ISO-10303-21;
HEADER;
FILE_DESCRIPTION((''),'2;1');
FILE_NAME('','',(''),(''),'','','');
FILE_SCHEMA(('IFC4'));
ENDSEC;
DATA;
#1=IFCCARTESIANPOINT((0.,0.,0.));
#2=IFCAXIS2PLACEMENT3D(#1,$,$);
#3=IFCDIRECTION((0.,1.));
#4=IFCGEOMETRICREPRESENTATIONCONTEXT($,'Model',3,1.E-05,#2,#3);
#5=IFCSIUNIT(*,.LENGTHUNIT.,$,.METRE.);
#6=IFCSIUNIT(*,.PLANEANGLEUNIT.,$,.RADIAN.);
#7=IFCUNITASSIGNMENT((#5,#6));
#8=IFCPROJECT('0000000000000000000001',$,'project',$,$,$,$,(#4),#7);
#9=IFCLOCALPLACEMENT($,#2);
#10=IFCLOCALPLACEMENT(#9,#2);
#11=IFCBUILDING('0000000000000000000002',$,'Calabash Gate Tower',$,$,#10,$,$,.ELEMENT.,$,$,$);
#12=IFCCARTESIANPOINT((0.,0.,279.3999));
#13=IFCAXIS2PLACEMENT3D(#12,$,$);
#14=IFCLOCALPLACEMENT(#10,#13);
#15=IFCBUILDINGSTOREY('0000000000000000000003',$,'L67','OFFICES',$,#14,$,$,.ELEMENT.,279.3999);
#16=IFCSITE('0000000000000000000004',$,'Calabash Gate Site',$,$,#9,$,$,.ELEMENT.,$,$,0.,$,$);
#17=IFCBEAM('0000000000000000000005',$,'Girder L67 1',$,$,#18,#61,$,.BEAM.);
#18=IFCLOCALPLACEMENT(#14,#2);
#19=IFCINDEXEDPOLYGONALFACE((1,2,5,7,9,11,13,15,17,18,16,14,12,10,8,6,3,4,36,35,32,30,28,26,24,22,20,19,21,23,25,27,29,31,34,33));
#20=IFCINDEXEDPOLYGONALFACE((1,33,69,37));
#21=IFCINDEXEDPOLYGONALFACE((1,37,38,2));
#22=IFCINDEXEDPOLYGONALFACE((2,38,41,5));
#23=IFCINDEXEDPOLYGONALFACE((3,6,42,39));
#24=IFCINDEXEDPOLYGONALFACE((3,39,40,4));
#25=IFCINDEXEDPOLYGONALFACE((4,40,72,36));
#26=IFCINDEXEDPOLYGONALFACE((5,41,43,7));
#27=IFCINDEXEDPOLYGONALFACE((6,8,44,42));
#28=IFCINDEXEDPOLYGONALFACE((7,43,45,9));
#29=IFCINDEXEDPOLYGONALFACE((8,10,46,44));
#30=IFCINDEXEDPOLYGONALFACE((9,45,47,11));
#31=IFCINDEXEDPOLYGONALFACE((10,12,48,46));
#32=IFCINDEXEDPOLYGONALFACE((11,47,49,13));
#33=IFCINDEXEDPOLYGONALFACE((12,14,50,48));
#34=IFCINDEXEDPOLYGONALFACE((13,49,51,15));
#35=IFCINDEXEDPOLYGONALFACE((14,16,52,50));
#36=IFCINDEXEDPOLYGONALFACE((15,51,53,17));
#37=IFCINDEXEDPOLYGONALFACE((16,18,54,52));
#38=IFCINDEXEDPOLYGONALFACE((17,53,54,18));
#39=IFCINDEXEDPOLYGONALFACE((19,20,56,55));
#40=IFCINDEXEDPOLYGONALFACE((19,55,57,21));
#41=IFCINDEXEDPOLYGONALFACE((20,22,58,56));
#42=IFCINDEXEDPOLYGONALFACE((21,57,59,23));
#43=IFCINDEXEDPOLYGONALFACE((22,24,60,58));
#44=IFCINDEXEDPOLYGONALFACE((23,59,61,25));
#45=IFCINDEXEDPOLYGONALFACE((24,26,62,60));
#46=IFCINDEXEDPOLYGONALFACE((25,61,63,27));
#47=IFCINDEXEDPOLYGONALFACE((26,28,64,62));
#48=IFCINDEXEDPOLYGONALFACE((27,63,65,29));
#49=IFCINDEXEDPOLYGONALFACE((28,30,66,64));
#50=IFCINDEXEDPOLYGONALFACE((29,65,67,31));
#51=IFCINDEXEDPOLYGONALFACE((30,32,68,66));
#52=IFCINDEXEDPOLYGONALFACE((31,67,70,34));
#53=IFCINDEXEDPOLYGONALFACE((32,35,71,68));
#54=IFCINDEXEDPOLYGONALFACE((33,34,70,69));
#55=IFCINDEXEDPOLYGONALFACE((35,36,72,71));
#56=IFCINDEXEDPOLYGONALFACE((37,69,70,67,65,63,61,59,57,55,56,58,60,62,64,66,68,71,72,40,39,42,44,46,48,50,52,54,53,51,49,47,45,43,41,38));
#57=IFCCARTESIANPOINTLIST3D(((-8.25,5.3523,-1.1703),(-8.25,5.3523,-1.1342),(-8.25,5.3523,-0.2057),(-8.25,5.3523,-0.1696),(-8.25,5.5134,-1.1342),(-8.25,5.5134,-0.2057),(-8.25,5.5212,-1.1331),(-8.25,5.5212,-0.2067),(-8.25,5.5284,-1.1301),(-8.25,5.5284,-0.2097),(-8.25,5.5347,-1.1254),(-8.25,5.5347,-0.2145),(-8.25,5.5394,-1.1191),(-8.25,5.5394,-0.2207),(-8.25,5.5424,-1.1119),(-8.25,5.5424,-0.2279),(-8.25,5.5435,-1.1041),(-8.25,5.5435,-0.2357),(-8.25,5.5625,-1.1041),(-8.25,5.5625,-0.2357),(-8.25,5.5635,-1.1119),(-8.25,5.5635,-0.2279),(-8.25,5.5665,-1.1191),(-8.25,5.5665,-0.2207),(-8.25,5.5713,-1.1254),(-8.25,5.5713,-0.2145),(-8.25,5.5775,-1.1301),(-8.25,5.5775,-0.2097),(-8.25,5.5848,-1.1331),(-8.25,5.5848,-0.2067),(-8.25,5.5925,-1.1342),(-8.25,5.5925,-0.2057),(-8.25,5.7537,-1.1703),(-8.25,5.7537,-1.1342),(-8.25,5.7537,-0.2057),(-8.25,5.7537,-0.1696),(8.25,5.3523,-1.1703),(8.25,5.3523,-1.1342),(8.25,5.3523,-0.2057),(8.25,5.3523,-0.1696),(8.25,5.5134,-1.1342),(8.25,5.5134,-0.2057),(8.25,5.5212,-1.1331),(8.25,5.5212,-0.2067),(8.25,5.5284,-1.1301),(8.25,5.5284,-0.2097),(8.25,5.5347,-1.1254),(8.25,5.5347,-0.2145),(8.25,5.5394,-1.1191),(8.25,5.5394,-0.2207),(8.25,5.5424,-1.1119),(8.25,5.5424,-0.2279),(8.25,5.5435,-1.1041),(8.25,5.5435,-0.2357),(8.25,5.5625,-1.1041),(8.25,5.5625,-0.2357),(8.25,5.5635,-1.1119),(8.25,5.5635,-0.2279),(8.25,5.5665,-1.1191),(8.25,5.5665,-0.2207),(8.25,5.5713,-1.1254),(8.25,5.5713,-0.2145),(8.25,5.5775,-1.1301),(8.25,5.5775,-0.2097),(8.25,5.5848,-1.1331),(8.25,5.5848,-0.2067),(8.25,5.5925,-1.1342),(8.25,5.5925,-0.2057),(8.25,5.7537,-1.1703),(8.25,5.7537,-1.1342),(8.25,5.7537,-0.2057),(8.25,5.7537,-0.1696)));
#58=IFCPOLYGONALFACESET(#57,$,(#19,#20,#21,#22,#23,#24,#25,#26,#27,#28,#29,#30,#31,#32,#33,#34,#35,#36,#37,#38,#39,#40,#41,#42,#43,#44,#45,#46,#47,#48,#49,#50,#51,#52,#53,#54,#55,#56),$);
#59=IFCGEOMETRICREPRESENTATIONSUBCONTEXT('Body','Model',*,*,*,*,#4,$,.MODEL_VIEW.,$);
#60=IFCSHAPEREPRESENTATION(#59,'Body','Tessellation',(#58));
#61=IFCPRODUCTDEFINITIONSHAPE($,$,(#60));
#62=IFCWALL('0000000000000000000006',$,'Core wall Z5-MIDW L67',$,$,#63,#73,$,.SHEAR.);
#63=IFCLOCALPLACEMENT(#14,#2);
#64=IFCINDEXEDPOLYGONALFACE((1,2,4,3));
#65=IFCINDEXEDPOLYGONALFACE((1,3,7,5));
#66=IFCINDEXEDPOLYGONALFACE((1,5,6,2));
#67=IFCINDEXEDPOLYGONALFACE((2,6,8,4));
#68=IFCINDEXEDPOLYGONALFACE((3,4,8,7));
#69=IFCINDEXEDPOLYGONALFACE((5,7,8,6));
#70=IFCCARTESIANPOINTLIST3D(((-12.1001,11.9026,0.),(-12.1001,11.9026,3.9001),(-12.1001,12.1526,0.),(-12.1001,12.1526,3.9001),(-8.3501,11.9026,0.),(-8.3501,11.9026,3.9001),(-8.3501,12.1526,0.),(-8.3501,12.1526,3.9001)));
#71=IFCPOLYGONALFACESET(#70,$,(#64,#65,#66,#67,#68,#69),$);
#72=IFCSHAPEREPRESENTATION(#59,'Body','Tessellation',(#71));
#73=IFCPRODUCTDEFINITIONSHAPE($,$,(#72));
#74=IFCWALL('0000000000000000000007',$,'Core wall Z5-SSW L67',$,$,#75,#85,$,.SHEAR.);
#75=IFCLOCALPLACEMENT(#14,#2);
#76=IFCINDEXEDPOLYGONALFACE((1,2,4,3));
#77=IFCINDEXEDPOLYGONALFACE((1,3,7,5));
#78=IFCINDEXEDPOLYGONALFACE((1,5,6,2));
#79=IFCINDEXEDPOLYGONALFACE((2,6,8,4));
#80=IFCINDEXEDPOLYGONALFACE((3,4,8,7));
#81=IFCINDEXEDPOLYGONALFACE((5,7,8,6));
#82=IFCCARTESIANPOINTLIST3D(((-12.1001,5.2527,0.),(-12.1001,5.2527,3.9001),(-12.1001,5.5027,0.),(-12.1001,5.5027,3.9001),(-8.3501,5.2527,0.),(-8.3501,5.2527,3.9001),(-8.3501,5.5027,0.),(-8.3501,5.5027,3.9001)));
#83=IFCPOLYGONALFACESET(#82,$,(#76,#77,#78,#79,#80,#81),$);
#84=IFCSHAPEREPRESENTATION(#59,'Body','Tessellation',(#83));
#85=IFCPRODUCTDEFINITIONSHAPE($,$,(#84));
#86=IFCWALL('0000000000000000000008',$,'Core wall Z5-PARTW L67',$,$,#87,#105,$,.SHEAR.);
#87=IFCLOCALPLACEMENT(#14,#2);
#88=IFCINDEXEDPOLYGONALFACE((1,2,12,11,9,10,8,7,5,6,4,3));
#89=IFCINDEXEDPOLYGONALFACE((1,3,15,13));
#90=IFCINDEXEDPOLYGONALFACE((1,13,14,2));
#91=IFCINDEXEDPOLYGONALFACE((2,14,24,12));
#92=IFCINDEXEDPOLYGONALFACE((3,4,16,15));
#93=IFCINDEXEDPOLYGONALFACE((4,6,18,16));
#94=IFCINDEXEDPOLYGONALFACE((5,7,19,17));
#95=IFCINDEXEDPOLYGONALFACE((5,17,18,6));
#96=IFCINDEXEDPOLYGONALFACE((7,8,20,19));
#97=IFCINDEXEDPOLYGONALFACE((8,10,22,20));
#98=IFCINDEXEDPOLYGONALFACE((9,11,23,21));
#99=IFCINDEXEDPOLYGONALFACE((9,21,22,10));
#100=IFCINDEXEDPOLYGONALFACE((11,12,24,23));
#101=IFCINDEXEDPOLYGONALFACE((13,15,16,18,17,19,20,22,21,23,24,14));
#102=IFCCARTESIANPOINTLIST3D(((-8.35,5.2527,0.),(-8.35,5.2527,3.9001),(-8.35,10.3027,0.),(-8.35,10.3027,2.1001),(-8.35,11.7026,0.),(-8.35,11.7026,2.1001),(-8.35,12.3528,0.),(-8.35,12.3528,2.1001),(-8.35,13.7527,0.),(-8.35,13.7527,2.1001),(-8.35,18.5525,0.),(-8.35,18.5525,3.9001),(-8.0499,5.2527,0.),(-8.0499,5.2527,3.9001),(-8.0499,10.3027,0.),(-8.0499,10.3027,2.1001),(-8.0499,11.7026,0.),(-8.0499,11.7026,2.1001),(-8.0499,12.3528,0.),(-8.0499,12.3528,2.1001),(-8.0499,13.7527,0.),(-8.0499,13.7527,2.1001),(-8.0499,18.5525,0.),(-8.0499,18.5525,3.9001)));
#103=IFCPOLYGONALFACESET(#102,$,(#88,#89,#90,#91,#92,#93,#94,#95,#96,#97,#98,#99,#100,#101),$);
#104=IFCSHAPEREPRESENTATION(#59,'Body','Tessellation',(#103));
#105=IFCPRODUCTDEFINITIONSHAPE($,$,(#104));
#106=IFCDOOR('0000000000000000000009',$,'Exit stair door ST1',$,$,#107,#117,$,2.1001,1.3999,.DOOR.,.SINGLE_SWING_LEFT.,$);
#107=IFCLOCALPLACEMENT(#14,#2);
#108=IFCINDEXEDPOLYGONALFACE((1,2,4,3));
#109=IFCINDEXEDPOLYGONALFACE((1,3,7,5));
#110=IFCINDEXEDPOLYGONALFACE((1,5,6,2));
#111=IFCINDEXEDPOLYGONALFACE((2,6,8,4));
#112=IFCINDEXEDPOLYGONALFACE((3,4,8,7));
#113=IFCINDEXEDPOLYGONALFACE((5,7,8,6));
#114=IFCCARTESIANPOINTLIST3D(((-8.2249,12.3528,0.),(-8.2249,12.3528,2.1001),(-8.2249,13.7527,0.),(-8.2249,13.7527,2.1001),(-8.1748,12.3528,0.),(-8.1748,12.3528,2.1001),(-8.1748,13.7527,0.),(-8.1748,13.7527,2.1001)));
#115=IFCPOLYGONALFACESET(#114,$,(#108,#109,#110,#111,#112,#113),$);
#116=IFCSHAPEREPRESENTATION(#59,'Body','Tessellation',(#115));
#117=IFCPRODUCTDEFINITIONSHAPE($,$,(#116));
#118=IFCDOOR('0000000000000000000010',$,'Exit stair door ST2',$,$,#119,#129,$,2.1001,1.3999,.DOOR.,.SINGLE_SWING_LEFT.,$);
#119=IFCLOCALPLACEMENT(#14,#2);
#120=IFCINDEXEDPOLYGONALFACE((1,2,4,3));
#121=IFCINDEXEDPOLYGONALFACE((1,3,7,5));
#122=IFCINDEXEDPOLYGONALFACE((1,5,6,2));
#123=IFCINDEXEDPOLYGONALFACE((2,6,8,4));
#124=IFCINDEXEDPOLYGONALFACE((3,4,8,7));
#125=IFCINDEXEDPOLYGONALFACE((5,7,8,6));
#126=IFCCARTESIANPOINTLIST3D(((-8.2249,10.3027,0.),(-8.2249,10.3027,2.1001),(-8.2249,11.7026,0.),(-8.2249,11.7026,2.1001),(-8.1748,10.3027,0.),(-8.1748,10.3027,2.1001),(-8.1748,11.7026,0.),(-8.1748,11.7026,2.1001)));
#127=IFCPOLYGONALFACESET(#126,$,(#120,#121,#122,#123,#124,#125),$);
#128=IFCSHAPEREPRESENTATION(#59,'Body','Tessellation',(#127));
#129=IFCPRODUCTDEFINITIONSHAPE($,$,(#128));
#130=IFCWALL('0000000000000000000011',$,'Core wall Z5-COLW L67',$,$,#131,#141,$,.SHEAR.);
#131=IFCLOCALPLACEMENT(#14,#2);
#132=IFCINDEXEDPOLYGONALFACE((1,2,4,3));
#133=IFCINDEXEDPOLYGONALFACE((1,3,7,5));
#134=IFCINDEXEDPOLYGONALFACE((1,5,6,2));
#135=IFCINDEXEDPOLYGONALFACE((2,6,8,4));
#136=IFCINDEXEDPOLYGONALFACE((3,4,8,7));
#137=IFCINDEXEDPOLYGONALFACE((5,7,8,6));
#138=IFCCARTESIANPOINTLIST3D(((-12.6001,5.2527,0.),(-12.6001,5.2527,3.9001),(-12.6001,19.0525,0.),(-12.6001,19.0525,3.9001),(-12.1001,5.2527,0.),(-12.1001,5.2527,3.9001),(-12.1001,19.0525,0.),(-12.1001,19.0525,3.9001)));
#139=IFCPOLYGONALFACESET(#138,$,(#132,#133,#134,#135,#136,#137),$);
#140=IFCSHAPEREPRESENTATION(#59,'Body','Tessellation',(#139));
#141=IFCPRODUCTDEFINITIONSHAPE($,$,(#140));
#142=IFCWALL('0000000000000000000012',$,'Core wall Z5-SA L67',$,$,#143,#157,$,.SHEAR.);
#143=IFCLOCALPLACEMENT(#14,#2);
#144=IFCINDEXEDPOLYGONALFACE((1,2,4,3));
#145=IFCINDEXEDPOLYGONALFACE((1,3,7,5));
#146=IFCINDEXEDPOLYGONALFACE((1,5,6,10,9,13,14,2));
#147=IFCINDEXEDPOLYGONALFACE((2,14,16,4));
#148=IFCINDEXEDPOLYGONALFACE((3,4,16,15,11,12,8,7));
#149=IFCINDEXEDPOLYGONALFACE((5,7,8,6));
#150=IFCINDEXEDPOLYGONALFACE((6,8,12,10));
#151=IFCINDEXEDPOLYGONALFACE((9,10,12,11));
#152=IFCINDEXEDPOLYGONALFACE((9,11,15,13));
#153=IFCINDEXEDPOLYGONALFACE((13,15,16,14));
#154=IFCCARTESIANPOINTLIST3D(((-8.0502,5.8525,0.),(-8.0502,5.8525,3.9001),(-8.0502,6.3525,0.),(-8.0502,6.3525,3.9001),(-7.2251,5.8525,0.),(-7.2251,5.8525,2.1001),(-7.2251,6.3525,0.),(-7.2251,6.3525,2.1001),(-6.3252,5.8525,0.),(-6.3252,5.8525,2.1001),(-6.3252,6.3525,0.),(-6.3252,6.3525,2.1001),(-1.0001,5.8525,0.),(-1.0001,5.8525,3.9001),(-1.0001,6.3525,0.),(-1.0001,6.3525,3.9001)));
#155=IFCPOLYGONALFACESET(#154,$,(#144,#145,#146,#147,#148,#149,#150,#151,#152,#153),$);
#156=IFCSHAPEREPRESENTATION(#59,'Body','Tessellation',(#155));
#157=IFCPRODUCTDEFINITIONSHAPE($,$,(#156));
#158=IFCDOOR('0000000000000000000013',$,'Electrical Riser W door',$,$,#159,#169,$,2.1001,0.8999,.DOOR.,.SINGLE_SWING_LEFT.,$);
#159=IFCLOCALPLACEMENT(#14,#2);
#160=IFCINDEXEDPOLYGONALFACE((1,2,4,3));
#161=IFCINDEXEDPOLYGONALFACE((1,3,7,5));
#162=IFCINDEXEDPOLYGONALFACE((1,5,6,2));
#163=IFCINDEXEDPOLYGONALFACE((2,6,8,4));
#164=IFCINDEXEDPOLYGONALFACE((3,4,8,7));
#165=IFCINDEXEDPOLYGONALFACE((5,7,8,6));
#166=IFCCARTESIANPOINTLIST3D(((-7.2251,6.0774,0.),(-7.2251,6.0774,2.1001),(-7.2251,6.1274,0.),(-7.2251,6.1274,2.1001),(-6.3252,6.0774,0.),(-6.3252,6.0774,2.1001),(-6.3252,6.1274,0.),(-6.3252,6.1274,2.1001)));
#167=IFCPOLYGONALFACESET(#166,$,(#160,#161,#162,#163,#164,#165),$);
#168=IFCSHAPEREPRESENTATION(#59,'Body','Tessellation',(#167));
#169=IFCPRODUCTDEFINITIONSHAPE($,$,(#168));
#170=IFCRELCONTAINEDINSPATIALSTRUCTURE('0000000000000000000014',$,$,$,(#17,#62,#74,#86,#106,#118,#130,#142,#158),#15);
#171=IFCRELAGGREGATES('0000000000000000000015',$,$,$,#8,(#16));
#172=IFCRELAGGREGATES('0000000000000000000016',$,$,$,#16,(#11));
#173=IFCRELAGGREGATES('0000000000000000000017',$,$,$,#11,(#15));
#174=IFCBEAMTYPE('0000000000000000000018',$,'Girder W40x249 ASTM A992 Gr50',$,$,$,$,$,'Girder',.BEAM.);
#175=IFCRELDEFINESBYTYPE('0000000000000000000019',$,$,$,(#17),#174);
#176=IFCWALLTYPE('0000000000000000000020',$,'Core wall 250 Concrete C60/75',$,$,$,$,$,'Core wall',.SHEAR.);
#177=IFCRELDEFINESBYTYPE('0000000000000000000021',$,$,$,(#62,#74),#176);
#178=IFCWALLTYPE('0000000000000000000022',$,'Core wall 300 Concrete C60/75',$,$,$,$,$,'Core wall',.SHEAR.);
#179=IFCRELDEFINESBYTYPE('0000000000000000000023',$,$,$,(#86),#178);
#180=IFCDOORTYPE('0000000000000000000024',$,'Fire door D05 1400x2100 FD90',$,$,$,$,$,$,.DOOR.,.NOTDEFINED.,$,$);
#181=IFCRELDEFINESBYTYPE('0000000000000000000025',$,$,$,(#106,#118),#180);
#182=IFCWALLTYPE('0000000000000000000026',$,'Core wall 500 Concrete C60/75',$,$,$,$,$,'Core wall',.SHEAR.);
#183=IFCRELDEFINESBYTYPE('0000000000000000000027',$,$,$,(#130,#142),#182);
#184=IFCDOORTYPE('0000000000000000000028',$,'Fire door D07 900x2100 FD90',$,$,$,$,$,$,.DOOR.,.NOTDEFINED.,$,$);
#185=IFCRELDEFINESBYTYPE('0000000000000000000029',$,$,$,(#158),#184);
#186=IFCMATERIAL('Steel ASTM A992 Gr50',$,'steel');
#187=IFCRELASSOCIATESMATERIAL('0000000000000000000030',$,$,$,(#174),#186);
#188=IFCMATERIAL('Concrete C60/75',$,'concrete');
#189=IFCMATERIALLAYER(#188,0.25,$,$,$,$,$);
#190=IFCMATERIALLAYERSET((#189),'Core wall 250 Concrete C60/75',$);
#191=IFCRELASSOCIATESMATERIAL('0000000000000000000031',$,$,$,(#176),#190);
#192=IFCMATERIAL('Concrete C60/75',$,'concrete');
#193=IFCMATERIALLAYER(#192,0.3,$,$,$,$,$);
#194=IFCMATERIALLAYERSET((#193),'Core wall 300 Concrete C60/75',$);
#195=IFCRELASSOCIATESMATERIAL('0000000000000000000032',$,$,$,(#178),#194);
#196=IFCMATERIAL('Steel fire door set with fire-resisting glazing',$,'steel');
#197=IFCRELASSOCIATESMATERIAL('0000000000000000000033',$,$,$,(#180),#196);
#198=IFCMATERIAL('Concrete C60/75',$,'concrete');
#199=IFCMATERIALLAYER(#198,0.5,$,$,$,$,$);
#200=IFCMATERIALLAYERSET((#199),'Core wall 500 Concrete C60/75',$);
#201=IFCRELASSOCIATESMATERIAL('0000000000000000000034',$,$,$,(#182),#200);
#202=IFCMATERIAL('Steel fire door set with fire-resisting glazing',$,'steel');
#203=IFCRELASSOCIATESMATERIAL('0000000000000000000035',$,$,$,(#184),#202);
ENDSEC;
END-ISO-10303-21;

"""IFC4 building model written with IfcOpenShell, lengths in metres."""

from ifc_helpers import new_model, si_unit, direction, frame, frame_2d, origin, origin_2d, place, context, subcontext, project, spatial, rectangle, i_section, extrude, material, layer, layer_set, material_profile, profile_set, type_object, element, fill, save


model = new_model("IFC4")

# Units and contexts
model_context = context("Model", 3, precision=1e-05, world=origin(), true_north=direction((0.0, 1.0)))
body_context = subcontext(model_context, "Body", "Model", "MODEL_VIEW")
ifc_project = project(units=[si_unit("LENGTHUNIT", "METRE"), si_unit("PLANEANGLEUNIT", "RADIAN")], contexts=[model_context])

# Site, building, storey
site_placement = place(None, origin())
site = spatial("IfcSite", under=ifc_project, at=site_placement, Name="Calabash Gate Site", CompositionType="ELEMENT", RefElevation=0.0)
building_placement = place(site_placement, origin())
building = spatial("IfcBuilding", under=site, at=building_placement, Name="Calabash Gate Tower", CompositionType="ELEMENT")
storey_placement = place(building_placement, frame((0.0, 0.0, 279.3999)))
storey = spatial("IfcBuildingStorey", under=building, at=storey_placement, Name="L67", Description="OFFICES", CompositionType="ELEMENT", Elevation=279.3999)

# Beam
ifc_material_1 = material(Name="Steel ASTM A992 Gr50", Category="steel")
ifc_material_profile = material_profile(ifc_material_1, i_section(OverallWidth=0.4014, OverallDepth=1.0007, WebThickness=0.019, FlangeThickness=0.0361, FilletRadius=0.03, at=origin_2d()))
ifc_profile_set = profile_set([ifc_material_profile], Name="Steel ASTM A992 Gr50")
beam_type = type_object("IfcBeamType", Name="Girder W40x249 ASTM A992 Gr50", ElementType="Girder", PredefinedType="BEAM", material=ifc_profile_set)
beam_placement = place(storey_placement, frame((-8.25, 5.553, -0.6699), z_axis=(1.0, 0.0, 0.0), x_axis=(0.0, 1.0, 0.0)))
element("IfcBeam", 1, at=beam_placement, inside=storey, type_object=beam_type, Name="Girder L67 1", PredefinedType="BEAM", context=body_context, shape_type="SweptSolid", body=[
    extrude(i_section(OverallWidth=0.4014, OverallDepth=1.0007, WebThickness=0.019, FlangeThickness=0.0361, FilletRadius=0.03, at=origin_2d()), origin(), (0.0, 0.0, 1.0), 16.5),
])

# Walls
ifc_material_2 = material(Name="Concrete C60/75", Category="concrete")
ifc_layer_1 = layer(ifc_material_2, 0.25)
ifc_layer_set_1 = layer_set([ifc_layer_1], Name="Core wall 250 Concrete C60/75")
wall_type_1 = type_object("IfcWallType", Name="Core wall 250 Concrete C60/75", ElementType="Core wall", PredefinedType="SHEAR", material=ifc_layer_set_1)
for number, where, z_axis, x_axis, name in (
    (2, (-12.1001, 12.0276, 0.0), (0.0, 0.0, 1.0), (1.0, 0.0, 0.0), "Core wall Z5-MIDW L67"),
    (3, (-12.1001, 5.3777, 0.0), (0.0, 0.0, 1.0), (1.0, 0.0, 0.0), "Core wall Z5-SSW L67"),
):
    element("IfcWall", number, at=place(storey_placement, frame(where, z_axis=z_axis, x_axis=x_axis)), inside=storey, type_object=wall_type_1, Name=name, PredefinedType="SHEAR", context=body_context, shape_type="SweptSolid", body=[
        extrude(rectangle(XDim=3.75, YDim=0.25, at=frame_2d((1.875, 0.0))), origin(), (0.0, 0.0, 1.0), 3.9001),
    ])

# Wall, openings, doors
ifc_material_3 = material(Name="Concrete C60/75", Category="concrete")
ifc_layer_2 = layer(ifc_material_3, 0.3)
ifc_layer_set_2 = layer_set([ifc_layer_2], Name="Core wall 300 Concrete C60/75")
wall_type_2 = type_object("IfcWallType", Name="Core wall 300 Concrete C60/75", ElementType="Core wall", PredefinedType="SHEAR", material=ifc_layer_set_2)
wall_1_placement = place(storey_placement, frame((-8.2, 5.2527, 0.0), z_axis=(0.0, 0.0, 1.0), x_axis=(0.0, 1.0, 0.0)))
wall_1 = element("IfcWall", 4, at=wall_1_placement, inside=storey, type_object=wall_type_2, Name="Core wall Z5-PARTW L67", PredefinedType="SHEAR", context=body_context, shape_type="SweptSolid", body=[
    extrude(rectangle(XDim=13.2998, YDim=0.3, at=frame_2d((6.6499, 0.0))), origin(), (0.0, 0.0, 1.0), 3.9001),
])
opening_1_placement = place(wall_1_placement, frame((7.1001, 0.0, 0.0)))
opening_1 = element("IfcOpeningElement", 5, at=opening_1_placement, cuts=wall_1, PredefinedType="OPENING", context=body_context, shape_type="SweptSolid", body=[
    extrude(rectangle(XDim=1.3999, YDim=2.1001, at=frame_2d((0.7, 1.05))), frame((0.0, 0.1599, 0.0), z_axis=(0.0, -1.0, 0.0), x_axis=(1.0, 0.0, 0.0)), (0.0, 0.0, 1.0), 0.3201),
])
opening_2_placement = place(wall_1_placement, frame((5.05, 0.0, 0.0)))
opening_2 = element("IfcOpeningElement", 6, at=opening_2_placement, cuts=wall_1, PredefinedType="OPENING", context=body_context, shape_type="SweptSolid", body=[
    extrude(rectangle(XDim=1.3999, YDim=2.1001, at=frame_2d((0.7, 1.05))), frame((0.0, 0.1599, 0.0), z_axis=(0.0, -1.0, 0.0), x_axis=(1.0, 0.0, 0.0)), (0.0, 0.0, 1.0), 0.3201),
])
ifc_material_4 = material(Name="Steel fire door set with fire-resisting glazing", Category="steel")
door_type_1 = type_object("IfcDoorType", Name="Fire door D05 1400x2100 FD90", OperationType="NOTDEFINED", PredefinedType="DOOR", material=ifc_material_4)
door_1_placement = place(opening_1_placement, origin())
door_1 = element("IfcDoor", 7, at=door_1_placement, inside=storey, type_object=door_type_1, Name="Exit stair door ST1", OperationType="SINGLE_SWING_LEFT", OverallHeight=2.1001, OverallWidth=1.3999, PredefinedType="DOOR", context=body_context, shape_type="SweptSolid", body=[
    extrude(rectangle(XDim=1.3999, YDim=2.1001, at=frame_2d((0.7, 1.05))), frame((0.0, 0.0249, 0.0), z_axis=(0.0, -1.0, 0.0), x_axis=(1.0, 0.0, 0.0)), (0.0, 0.0, 1.0), 0.05),
])
fill(opening_1, door_1)
door_2_placement = place(opening_2_placement, origin())
door_2 = element("IfcDoor", 8, at=door_2_placement, inside=storey, type_object=door_type_1, Name="Exit stair door ST2", OperationType="SINGLE_SWING_LEFT", OverallHeight=2.1001, OverallWidth=1.3999, PredefinedType="DOOR", context=body_context, shape_type="SweptSolid", body=[
    extrude(rectangle(XDim=1.3999, YDim=2.1001, at=frame_2d((0.7, 1.05))), frame((0.0, 0.0249, 0.0), z_axis=(0.0, -1.0, 0.0), x_axis=(1.0, 0.0, 0.0)), (0.0, 0.0, 1.0), 0.05),
])
fill(opening_2, door_2)

# Wall
ifc_material_5 = material(Name="Concrete C60/75", Category="concrete")
ifc_layer_3 = layer(ifc_material_5, 0.5)
ifc_layer_set_3 = layer_set([ifc_layer_3], Name="Core wall 500 Concrete C60/75")
wall_type_3 = type_object("IfcWallType", Name="Core wall 500 Concrete C60/75", ElementType="Core wall", PredefinedType="SHEAR", material=ifc_layer_set_3)
wall_2_placement = place(storey_placement, frame((-12.3501, 5.2527, 0.0), z_axis=(0.0, 0.0, 1.0), x_axis=(0.0, 1.0, 0.0)))
element("IfcWall", 9, at=wall_2_placement, inside=storey, type_object=wall_type_3, Name="Core wall Z5-COLW L67", PredefinedType="SHEAR", context=body_context, shape_type="SweptSolid", body=[
    extrude(rectangle(XDim=13.7998, YDim=0.5, at=frame_2d((6.8999, 0.0))), origin(), (0.0, 0.0, 1.0), 3.9001),
])

# Wall, opening, door
wall_3_placement = place(storey_placement, frame((-8.05, 6.1025, 0.0), z_axis=(0.0, 0.0, 1.0), x_axis=(1.0, 0.0, 0.0)))
wall_3 = element("IfcWall", 10, at=wall_3_placement, inside=storey, type_object=wall_type_3, Name="Core wall Z5-SA L67", PredefinedType="SHEAR", context=body_context, shape_type="SweptSolid", body=[
    extrude(rectangle(XDim=7.05, YDim=0.5, at=frame_2d((3.5249, 0.0))), origin(), (0.0, 0.0, 1.0), 3.9001),
])
opening_3_placement = place(wall_3_placement, frame((0.825, 0.0, 0.0)))
opening_3 = element("IfcOpeningElement", 11, at=opening_3_placement, cuts=wall_3, PredefinedType="OPENING", context=body_context, shape_type="SweptSolid", body=[
    extrude(rectangle(XDim=0.8999, YDim=2.1001, at=frame_2d((0.45, 1.05))), frame((0.0, 0.26, 0.0), z_axis=(0.0, -1.0, 0.0), x_axis=(1.0, 0.0, 0.0)), (0.0, 0.0, 1.0), 0.52),
])
ifc_material_6 = material(Name="Steel fire door set with fire-resisting glazing", Category="steel")
door_type_2 = type_object("IfcDoorType", Name="Fire door D07 900x2100 FD90", OperationType="NOTDEFINED", PredefinedType="DOOR", material=ifc_material_6)
door_3_placement = place(opening_3_placement, origin())
door_3 = element("IfcDoor", 12, at=door_3_placement, inside=storey, type_object=door_type_2, Name="Electrical Riser W door", OperationType="SINGLE_SWING_LEFT", OverallHeight=2.1001, OverallWidth=0.8999, PredefinedType="DOOR", context=body_context, shape_type="SweptSolid", body=[
    extrude(rectangle(XDim=0.8999, YDim=2.1001, at=frame_2d((0.45, 1.05))), frame((0.0, 0.0249, 0.0), z_axis=(0.0, -1.0, 0.0), x_axis=(1.0, 0.0, 0.0)), (0.0, 0.0, 1.0), 0.05),
])
fill(opening_3, door_3)

save(model, "model.ifc")
